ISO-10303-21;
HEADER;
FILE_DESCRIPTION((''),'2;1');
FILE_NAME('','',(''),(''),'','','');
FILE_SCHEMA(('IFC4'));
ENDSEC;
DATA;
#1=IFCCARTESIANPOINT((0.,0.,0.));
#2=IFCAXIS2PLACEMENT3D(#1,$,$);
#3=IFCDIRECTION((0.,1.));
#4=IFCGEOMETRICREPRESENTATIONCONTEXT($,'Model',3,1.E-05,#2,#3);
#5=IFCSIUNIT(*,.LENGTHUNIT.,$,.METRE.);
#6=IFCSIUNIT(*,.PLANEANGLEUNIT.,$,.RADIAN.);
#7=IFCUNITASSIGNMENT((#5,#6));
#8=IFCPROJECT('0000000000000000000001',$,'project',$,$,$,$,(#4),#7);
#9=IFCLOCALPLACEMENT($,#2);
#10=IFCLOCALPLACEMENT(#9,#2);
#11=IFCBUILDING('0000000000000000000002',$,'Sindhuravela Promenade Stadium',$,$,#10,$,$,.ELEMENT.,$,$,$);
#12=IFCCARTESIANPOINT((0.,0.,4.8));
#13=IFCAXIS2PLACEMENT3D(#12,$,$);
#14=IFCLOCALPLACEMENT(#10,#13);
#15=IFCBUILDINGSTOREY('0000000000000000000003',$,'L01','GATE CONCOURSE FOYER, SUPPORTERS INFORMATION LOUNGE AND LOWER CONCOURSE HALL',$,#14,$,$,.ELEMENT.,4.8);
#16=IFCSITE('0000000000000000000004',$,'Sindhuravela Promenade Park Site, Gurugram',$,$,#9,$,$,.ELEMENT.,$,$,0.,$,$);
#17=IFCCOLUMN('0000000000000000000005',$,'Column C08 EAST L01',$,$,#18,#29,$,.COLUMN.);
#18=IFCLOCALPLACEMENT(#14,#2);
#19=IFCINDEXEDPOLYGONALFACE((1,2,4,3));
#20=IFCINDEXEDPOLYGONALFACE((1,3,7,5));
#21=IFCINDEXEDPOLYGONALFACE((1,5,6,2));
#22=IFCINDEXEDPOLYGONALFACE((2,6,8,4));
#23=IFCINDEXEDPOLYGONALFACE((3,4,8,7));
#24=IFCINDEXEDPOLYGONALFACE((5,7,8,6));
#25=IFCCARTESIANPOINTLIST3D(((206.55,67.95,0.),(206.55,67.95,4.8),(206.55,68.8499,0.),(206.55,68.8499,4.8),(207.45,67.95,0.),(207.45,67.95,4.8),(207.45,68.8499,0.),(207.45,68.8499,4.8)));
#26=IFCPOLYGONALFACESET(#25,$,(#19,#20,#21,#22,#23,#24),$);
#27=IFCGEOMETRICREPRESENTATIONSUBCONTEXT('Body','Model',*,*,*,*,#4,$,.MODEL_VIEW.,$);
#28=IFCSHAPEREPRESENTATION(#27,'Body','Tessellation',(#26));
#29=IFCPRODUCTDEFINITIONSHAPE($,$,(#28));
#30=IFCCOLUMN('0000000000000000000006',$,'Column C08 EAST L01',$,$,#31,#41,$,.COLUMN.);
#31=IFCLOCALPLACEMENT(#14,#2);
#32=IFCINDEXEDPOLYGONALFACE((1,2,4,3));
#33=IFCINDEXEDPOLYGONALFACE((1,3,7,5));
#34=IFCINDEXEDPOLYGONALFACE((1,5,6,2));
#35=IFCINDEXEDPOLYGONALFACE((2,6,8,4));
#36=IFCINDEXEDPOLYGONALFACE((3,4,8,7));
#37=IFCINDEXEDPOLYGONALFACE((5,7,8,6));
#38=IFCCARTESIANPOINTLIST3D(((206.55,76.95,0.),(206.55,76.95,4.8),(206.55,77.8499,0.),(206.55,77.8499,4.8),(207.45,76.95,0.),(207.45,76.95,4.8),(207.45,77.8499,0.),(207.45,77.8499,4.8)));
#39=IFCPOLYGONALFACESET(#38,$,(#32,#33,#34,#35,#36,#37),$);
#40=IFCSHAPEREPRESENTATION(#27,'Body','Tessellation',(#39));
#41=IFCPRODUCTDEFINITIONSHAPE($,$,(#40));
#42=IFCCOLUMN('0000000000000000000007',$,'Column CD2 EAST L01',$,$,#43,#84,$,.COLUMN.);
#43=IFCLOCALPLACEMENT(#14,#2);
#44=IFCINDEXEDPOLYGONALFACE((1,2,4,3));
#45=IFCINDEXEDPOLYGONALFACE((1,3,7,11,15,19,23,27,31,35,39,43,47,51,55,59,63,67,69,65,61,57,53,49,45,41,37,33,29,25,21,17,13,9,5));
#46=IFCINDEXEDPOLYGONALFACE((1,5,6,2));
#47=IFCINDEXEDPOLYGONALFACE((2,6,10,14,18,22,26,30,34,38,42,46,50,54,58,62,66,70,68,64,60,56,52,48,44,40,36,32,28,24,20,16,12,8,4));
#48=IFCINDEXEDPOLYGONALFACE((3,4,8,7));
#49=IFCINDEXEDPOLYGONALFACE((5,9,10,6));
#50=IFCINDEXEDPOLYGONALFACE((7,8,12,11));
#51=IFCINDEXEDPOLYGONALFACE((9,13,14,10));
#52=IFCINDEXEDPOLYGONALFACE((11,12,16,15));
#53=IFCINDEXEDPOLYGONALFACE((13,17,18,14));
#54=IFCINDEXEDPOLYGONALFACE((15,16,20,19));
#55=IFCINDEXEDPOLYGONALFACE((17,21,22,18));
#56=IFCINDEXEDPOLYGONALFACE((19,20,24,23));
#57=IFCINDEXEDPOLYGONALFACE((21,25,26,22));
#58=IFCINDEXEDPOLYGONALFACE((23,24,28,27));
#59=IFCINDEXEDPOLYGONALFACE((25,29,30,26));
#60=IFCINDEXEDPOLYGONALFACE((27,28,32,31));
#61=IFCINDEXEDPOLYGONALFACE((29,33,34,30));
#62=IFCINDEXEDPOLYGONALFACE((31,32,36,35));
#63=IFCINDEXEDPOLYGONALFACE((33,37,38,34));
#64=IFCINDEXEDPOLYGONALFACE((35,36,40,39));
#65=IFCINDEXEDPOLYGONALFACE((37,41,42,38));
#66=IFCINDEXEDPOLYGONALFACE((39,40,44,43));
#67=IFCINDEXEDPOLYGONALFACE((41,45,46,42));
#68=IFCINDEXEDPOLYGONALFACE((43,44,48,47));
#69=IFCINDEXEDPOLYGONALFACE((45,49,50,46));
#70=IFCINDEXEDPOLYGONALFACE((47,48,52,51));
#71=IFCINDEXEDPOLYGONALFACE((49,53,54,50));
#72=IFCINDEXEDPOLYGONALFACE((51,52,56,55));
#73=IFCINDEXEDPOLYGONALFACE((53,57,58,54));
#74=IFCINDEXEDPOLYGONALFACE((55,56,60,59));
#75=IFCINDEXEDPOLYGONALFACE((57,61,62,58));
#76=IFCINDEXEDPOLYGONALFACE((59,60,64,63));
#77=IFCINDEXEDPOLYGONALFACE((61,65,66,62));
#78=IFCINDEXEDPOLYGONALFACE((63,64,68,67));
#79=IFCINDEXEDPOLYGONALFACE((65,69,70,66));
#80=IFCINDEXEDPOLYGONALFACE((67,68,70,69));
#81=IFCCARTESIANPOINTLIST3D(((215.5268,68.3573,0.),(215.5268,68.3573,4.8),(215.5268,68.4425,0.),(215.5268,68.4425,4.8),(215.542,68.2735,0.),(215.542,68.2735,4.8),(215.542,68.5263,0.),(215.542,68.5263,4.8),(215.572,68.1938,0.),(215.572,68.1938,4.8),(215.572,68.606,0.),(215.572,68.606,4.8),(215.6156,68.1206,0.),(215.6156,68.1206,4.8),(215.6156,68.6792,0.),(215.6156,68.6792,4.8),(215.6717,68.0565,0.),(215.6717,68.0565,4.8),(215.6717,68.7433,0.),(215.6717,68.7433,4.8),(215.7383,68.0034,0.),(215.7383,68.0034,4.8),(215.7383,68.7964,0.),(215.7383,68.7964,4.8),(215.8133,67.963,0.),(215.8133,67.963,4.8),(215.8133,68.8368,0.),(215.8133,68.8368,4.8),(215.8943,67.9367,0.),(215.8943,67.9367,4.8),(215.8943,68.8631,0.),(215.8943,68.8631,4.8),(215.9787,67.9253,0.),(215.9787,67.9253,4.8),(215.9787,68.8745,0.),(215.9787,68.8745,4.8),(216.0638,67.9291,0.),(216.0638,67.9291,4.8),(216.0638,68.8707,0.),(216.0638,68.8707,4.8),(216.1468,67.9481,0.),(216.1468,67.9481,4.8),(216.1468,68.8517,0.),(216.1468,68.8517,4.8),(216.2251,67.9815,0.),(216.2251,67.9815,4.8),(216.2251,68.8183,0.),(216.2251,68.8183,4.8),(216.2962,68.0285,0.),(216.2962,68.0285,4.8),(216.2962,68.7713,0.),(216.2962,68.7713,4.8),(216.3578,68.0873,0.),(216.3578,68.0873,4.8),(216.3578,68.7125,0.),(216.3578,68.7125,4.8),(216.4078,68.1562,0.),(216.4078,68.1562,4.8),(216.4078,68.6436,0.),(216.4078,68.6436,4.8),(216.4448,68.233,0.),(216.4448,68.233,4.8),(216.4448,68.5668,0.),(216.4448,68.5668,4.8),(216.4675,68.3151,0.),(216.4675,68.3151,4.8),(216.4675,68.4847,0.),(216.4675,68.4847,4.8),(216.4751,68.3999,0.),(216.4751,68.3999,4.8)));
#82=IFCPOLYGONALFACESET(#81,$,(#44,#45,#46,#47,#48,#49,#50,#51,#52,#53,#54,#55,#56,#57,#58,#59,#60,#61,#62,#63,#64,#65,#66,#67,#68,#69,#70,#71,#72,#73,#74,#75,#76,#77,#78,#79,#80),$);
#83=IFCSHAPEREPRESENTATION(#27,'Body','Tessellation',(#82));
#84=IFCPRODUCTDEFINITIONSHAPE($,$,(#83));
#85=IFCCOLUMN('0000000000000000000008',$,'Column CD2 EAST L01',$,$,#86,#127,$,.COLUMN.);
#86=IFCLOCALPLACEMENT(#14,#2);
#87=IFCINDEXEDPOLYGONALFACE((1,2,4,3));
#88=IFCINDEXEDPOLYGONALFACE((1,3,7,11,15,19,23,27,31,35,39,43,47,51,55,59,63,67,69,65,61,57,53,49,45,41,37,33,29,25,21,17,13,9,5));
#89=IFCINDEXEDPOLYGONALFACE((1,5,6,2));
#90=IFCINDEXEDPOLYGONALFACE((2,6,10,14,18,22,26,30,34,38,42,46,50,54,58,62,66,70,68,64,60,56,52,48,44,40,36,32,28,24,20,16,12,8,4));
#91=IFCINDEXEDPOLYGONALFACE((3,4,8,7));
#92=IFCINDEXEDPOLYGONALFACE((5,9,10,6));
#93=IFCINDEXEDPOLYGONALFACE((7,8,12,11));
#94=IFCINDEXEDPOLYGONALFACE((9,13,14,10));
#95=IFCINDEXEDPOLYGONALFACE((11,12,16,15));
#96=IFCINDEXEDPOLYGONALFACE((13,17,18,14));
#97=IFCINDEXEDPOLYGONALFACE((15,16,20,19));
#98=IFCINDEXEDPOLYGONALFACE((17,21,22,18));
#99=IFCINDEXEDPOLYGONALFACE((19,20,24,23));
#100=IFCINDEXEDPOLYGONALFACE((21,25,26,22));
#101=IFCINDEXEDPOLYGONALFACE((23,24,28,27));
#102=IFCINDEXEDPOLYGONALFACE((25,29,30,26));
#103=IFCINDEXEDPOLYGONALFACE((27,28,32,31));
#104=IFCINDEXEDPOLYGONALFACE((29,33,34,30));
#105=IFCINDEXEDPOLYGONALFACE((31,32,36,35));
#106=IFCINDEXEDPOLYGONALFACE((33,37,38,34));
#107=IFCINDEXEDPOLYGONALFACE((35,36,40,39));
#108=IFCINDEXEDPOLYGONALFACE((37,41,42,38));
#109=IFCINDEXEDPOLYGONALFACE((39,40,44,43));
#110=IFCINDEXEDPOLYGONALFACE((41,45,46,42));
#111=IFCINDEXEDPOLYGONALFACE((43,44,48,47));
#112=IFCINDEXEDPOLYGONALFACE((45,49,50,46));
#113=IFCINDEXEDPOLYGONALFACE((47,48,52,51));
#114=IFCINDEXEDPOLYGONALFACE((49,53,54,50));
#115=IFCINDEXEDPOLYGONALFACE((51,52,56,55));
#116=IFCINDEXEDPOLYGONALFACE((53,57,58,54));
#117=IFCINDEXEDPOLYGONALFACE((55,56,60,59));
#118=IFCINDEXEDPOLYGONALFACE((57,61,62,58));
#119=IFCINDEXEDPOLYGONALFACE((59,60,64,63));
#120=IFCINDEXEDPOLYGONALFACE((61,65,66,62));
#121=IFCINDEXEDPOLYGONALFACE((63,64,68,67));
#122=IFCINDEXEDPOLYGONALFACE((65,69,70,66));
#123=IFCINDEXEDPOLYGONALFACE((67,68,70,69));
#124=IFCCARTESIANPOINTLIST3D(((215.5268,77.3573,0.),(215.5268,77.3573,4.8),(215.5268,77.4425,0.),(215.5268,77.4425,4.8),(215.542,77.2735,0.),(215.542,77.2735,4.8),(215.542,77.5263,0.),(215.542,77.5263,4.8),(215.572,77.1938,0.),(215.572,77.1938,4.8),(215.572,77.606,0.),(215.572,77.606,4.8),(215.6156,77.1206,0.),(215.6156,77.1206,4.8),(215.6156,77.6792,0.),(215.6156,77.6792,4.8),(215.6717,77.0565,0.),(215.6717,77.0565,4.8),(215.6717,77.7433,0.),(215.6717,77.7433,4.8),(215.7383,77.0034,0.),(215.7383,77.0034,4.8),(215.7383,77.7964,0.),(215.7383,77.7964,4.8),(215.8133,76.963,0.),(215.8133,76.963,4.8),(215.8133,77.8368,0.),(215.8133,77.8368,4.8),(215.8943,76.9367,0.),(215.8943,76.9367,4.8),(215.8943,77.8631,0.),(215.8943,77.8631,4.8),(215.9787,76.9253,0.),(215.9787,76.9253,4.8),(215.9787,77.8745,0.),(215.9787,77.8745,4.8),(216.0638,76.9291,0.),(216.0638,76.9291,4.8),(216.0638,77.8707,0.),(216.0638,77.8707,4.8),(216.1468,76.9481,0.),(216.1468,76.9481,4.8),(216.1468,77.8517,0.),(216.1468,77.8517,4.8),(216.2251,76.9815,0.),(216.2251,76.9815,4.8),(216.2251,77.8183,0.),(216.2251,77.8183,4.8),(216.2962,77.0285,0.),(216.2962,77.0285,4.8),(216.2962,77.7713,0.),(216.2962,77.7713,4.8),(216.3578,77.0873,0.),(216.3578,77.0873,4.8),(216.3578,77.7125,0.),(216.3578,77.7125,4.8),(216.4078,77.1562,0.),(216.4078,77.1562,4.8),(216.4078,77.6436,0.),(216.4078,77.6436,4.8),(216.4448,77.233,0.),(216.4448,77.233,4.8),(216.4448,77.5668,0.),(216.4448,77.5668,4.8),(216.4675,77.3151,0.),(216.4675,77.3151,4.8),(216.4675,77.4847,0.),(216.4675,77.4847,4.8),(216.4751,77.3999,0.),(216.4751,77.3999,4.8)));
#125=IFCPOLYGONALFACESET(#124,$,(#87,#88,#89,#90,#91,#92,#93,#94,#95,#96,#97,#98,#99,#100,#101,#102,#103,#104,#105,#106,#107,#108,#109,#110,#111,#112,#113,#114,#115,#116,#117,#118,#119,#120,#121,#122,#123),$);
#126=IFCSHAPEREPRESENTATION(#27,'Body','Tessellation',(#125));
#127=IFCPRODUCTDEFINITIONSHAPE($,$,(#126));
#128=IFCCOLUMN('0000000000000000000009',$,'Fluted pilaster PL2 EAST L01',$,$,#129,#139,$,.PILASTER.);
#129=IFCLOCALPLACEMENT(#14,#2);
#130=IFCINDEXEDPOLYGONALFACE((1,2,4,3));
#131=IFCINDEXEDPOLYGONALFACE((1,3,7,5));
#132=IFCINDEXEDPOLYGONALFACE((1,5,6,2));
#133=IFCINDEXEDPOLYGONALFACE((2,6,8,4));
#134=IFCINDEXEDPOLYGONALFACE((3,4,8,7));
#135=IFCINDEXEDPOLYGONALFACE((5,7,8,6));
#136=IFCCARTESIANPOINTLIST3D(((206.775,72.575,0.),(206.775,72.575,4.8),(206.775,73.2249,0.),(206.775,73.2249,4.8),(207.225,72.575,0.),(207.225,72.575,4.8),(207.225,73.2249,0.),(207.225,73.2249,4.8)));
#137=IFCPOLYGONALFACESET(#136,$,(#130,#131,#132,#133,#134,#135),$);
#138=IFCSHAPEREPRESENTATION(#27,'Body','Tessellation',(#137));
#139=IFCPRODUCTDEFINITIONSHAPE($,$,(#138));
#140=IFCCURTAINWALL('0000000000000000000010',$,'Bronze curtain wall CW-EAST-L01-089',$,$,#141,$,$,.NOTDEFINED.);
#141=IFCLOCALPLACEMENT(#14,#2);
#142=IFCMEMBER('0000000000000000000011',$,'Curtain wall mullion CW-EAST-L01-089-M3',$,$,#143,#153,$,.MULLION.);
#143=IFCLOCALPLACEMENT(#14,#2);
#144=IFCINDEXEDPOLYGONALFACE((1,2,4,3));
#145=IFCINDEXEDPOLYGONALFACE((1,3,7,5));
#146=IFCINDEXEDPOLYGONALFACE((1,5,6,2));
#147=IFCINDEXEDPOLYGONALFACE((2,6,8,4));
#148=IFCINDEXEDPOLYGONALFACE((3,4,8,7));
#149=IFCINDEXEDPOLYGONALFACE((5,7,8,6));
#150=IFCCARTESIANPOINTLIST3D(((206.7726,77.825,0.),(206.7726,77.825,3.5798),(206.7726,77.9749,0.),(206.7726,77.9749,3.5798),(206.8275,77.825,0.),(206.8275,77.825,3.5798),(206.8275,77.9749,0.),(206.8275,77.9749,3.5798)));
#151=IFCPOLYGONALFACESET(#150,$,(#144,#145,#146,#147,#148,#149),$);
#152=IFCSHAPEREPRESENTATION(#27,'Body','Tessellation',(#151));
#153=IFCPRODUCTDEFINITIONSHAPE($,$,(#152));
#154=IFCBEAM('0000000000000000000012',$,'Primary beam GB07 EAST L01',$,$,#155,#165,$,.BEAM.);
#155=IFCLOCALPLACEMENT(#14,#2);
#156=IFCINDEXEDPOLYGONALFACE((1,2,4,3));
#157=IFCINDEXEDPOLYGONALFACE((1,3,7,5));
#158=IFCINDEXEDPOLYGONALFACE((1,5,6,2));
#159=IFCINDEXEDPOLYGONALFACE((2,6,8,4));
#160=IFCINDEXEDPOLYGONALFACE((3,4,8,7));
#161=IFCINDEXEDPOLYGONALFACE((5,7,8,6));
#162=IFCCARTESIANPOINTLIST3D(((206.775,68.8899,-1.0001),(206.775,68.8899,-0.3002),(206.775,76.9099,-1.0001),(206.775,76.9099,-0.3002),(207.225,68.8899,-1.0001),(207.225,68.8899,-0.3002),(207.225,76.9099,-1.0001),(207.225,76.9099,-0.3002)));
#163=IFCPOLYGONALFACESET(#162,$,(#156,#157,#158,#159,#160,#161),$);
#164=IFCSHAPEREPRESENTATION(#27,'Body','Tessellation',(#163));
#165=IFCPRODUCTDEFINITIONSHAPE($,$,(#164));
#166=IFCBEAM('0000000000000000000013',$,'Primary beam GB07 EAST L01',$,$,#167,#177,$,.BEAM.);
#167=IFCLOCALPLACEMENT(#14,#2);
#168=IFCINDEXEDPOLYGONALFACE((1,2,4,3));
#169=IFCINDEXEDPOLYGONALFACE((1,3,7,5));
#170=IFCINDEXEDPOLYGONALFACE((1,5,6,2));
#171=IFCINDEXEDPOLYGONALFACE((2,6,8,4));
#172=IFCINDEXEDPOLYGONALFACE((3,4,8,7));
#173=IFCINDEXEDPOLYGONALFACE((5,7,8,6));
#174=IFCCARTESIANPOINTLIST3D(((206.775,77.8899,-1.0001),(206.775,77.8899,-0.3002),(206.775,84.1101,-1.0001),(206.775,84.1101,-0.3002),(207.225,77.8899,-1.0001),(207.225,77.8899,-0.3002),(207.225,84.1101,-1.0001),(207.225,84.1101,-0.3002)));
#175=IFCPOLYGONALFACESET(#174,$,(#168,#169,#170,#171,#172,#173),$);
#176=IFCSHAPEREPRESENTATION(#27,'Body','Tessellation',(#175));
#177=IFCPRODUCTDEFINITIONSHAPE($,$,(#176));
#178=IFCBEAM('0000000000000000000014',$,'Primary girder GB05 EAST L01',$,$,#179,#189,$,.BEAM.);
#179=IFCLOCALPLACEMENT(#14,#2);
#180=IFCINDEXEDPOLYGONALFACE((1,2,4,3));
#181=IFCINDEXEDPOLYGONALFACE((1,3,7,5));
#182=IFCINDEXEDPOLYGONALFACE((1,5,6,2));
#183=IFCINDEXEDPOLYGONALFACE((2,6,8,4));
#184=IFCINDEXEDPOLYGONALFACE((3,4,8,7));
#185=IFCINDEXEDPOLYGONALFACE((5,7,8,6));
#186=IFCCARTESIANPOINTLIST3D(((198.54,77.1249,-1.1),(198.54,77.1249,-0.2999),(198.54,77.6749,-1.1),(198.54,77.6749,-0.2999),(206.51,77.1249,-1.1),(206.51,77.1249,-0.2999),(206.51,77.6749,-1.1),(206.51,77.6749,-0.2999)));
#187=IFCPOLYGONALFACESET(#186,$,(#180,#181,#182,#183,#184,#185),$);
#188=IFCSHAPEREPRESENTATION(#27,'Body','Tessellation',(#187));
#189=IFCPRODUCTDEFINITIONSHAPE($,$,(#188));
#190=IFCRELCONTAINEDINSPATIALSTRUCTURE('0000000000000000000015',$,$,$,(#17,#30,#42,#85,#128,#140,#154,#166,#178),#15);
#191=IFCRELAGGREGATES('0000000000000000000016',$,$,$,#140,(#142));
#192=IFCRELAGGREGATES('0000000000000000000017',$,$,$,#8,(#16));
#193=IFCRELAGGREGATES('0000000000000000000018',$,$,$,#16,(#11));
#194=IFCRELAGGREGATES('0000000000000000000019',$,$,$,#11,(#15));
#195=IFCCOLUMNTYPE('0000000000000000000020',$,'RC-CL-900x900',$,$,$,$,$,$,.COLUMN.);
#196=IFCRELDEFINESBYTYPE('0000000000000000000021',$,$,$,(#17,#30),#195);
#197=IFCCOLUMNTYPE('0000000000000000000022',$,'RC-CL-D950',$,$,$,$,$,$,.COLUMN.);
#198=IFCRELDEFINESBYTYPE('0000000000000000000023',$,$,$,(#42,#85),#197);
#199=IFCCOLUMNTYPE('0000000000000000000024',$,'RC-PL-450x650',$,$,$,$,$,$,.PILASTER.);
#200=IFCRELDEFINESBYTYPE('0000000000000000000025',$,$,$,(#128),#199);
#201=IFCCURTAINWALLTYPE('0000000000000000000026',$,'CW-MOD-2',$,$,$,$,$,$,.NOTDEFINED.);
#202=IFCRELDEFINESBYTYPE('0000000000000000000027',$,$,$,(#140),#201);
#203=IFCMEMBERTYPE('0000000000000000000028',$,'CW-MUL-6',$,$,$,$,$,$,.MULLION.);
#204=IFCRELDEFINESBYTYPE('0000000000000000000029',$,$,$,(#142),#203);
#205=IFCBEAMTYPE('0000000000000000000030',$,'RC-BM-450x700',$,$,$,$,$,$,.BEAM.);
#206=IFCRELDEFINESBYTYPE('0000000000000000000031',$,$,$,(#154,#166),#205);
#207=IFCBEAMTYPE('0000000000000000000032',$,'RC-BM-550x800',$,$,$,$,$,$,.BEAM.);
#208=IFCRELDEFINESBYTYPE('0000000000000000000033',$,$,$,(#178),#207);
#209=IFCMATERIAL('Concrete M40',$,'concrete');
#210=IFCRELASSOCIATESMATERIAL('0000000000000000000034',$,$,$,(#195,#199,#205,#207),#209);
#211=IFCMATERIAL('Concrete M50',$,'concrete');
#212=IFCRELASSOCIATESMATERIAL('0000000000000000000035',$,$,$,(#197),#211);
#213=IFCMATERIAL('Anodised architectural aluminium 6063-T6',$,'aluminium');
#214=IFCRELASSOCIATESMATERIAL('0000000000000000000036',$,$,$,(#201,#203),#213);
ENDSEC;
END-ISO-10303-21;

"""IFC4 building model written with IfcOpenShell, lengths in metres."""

from ifc_helpers import new_model, si_unit, direction, frame, origin, origin_2d, place, context, subcontext, project, spatial, rectangle, circle, extrude, material, material_profile, profile_set, type_object, element, aggregate, save


model = new_model("IFC4")

# Units and contexts
model_context = context("Model", 3, precision=1e-05, world=origin(), true_north=direction((0.0, 1.0)))
body_context = subcontext(model_context, "Body", "Model", "MODEL_VIEW")
ifc_project = project(units=[si_unit("LENGTHUNIT", "METRE"), si_unit("PLANEANGLEUNIT", "RADIAN")], contexts=[model_context])

# Site, building, storey
site_placement = place(None, origin())
site = spatial("IfcSite", under=ifc_project, at=site_placement, Name="Sindhuravela Promenade Park Site, Gurugram", CompositionType="ELEMENT", RefElevation=0.0)
building_placement = place(site_placement, origin())
building = spatial("IfcBuilding", under=site, at=building_placement, Name="Sindhuravela Promenade Stadium", CompositionType="ELEMENT")
storey_placement = place(building_placement, frame((0.0, 0.0, 4.8)))
storey = spatial("IfcBuildingStorey", under=building, at=storey_placement, Name="L01", Description="GATE CONCOURSE FOYER, SUPPORTERS INFORMATION LOUNGE AND LOWER CONCOURSE HALL", CompositionType="ELEMENT", Elevation=4.8)

# Columns
ifc_material_1 = material(Name="Concrete M40", Category="concrete")
ifc_material_profile_1 = material_profile(ifc_material_1, rectangle(XDim=0.8999, YDim=0.8999, at=origin_2d()), Name="RC 900x900")
ifc_profile_set_1 = profile_set([ifc_material_profile_1], Name="Concrete M40")
column_type_1 = type_object("IfcColumnType", Name="RC-CL-900x900", PredefinedType="COLUMN", material=ifc_profile_set_1)
for number, where, z_axis, x_axis, name in (
    (1, (207.0, 68.3999, 0.0), (0.0, 0.0, 1.0), (1.0, 0.0, 0.0), "Column C08 EAST L01"),
    (2, (207.0, 77.3999, 0.0), (0.0, 0.0, 1.0), (1.0, 0.0, 0.0), "Column C08 EAST L01"),
):
    element("IfcColumn", number, at=place(storey_placement, frame(where, z_axis=z_axis, x_axis=x_axis)), inside=storey, type_object=column_type_1, Name=name, PredefinedType="COLUMN", context=body_context, shape_type="SweptSolid", body=[
        extrude(rectangle(XDim=0.8999, YDim=0.8999, at=origin_2d()), origin(), (0.0, 0.0, 1.0), 4.8),
    ])
ifc_material_2 = material(Name="Concrete M50", Category="concrete")
ifc_material_profile_2 = material_profile(ifc_material_2, circle(Radius=0.4751, at=origin_2d()), Name="RC D950")
ifc_profile_set_2 = profile_set([ifc_material_profile_2], Name="Concrete M50")
column_type_2 = type_object("IfcColumnType", Name="RC-CL-D950", PredefinedType="COLUMN", material=ifc_profile_set_2)
for number, where, z_axis, x_axis, name in (
    (3, (216.0, 68.3999, 0.0), (0.0, 0.0, 1.0), (1.0, 0.0, 0.0), "Column CD2 EAST L01"),
    (4, (216.0, 77.3999, 0.0), (0.0, 0.0, 1.0), (1.0, 0.0, 0.0), "Column CD2 EAST L01"),
):
    element("IfcColumn", number, at=place(storey_placement, frame(where, z_axis=z_axis, x_axis=x_axis)), inside=storey, type_object=column_type_2, Name=name, PredefinedType="COLUMN", context=body_context, shape_type="SweptSolid", body=[
        extrude(circle(Radius=0.4751, at=origin_2d()), origin(), (0.0, 0.0, 1.0), 4.8),
    ])
ifc_material_profile_3 = material_profile(ifc_material_1, rectangle(XDim=0.45, YDim=0.6499, at=origin_2d()), Name="PIL 450x650")
ifc_profile_set_3 = profile_set([ifc_material_profile_3], Name="Concrete M40")
column_type_3 = type_object("IfcColumnType", Name="RC-PL-450x650", PredefinedType="PILASTER", material=ifc_profile_set_3)
column_placement = place(storey_placement, frame((207.0, 72.8999, 0.0), z_axis=(0.0, 0.0, 1.0), x_axis=(1.0, 0.0, 0.0)))
element("IfcColumn", 5, at=column_placement, inside=storey, type_object=column_type_3, Name="Fluted pilaster PL2 EAST L01", PredefinedType="PILASTER", context=body_context, shape_type="SweptSolid", body=[
    extrude(rectangle(XDim=0.45, YDim=0.6499, at=origin_2d()), origin(), (0.0, 0.0, 1.0), 4.8),
])

# Curtain wall, member
ifc_material_3 = material(Name="Anodised architectural aluminium 6063-T6", Category="aluminium")
curtain_wall_type = type_object("IfcCurtainWallType", Name="CW-MOD-2", PredefinedType="NOTDEFINED", material=ifc_material_3)
curtain_wall_placement = place(storey_placement, origin())
curtain_wall = element("IfcCurtainWall", 6, at=curtain_wall_placement, inside=storey, type_object=curtain_wall_type, Name="Bronze curtain wall CW-EAST-L01-089", PredefinedType="NOTDEFINED")
ifc_material_profile_4 = material_profile(ifc_material_3, rectangle(XDim=0.0549, YDim=0.1499, at=origin_2d()), Name="ALU M55x150")
ifc_profile_set_4 = profile_set([ifc_material_profile_4], Name="Anodised architectural aluminium 6063-T6")
member_type = type_object("IfcMemberType", Name="CW-MUL-6", PredefinedType="MULLION", material=ifc_profile_set_4)
member_placement = place(storey_placement, frame((206.8, 77.8999, 0.0), z_axis=(0.0, 0.0, 1.0), x_axis=(1.0, 0.0, 0.0)))
member = element("IfcMember", 7, at=member_placement, type_object=member_type, Name="Curtain wall mullion CW-EAST-L01-089-M3", PredefinedType="MULLION", context=body_context, shape_type="SweptSolid", body=[
    extrude(rectangle(XDim=0.0549, YDim=0.1499, at=origin_2d()), origin(), (0.0, 0.0, 1.0), 3.5798),
])
aggregate(curtain_wall, [member])

# Beams
ifc_material_profile_5 = material_profile(ifc_material_1, rectangle(XDim=0.45, YDim=0.7, at=origin_2d()), Name="RC 450x700")
ifc_profile_set_5 = profile_set([ifc_material_profile_5], Name="Concrete M40")
beam_type_1 = type_object("IfcBeamType", Name="RC-BM-450x700", PredefinedType="BEAM", material=ifc_profile_set_5)
beam_1_placement = place(storey_placement, frame((207.0, 68.8899, -0.6501), z_axis=(0.0, 1.0, 0.0), x_axis=(-1.0, 0.0, 0.0)))
element("IfcBeam", 8, at=beam_1_placement, inside=storey, type_object=beam_type_1, Name="Primary beam GB07 EAST L01", PredefinedType="BEAM", context=body_context, shape_type="SweptSolid", body=[
    extrude(rectangle(XDim=0.45, YDim=0.7, at=origin_2d()), origin(), (0.0, 0.0, 1.0), 8.02),
])
beam_2_placement = place(storey_placement, frame((207.0, 77.8899, -0.6501), z_axis=(0.0, 1.0, 0.0), x_axis=(-1.0, 0.0, 0.0)))
element("IfcBeam", 9, at=beam_2_placement, inside=storey, type_object=beam_type_1, Name="Primary beam GB07 EAST L01", PredefinedType="BEAM", context=body_context, shape_type="SweptSolid", body=[
    extrude(rectangle(XDim=0.45, YDim=0.7, at=origin_2d()), origin(), (0.0, 0.0, 1.0), 6.2202),
])
ifc_material_profile_6 = material_profile(ifc_material_1, rectangle(XDim=0.55, YDim=0.8, at=origin_2d()), Name="RC 550x800")
ifc_profile_set_6 = profile_set([ifc_material_profile_6], Name="Concrete M40")
beam_type_2 = type_object("IfcBeamType", Name="RC-BM-550x800", PredefinedType="BEAM", material=ifc_profile_set_6)
beam_3_placement = place(storey_placement, frame((198.54, 77.3999, -0.7), z_axis=(1.0, 0.0, 0.0), x_axis=(0.0, 1.0, 0.0)))
element("IfcBeam", 10, at=beam_3_placement, inside=storey, type_object=beam_type_2, Name="Primary girder GB05 EAST L01", PredefinedType="BEAM", context=body_context, shape_type="SweptSolid", body=[
    extrude(rectangle(XDim=0.55, YDim=0.8, at=origin_2d()), origin(), (0.0, 0.0, 1.0), 7.97),
])

save(model, "model.ifc")
